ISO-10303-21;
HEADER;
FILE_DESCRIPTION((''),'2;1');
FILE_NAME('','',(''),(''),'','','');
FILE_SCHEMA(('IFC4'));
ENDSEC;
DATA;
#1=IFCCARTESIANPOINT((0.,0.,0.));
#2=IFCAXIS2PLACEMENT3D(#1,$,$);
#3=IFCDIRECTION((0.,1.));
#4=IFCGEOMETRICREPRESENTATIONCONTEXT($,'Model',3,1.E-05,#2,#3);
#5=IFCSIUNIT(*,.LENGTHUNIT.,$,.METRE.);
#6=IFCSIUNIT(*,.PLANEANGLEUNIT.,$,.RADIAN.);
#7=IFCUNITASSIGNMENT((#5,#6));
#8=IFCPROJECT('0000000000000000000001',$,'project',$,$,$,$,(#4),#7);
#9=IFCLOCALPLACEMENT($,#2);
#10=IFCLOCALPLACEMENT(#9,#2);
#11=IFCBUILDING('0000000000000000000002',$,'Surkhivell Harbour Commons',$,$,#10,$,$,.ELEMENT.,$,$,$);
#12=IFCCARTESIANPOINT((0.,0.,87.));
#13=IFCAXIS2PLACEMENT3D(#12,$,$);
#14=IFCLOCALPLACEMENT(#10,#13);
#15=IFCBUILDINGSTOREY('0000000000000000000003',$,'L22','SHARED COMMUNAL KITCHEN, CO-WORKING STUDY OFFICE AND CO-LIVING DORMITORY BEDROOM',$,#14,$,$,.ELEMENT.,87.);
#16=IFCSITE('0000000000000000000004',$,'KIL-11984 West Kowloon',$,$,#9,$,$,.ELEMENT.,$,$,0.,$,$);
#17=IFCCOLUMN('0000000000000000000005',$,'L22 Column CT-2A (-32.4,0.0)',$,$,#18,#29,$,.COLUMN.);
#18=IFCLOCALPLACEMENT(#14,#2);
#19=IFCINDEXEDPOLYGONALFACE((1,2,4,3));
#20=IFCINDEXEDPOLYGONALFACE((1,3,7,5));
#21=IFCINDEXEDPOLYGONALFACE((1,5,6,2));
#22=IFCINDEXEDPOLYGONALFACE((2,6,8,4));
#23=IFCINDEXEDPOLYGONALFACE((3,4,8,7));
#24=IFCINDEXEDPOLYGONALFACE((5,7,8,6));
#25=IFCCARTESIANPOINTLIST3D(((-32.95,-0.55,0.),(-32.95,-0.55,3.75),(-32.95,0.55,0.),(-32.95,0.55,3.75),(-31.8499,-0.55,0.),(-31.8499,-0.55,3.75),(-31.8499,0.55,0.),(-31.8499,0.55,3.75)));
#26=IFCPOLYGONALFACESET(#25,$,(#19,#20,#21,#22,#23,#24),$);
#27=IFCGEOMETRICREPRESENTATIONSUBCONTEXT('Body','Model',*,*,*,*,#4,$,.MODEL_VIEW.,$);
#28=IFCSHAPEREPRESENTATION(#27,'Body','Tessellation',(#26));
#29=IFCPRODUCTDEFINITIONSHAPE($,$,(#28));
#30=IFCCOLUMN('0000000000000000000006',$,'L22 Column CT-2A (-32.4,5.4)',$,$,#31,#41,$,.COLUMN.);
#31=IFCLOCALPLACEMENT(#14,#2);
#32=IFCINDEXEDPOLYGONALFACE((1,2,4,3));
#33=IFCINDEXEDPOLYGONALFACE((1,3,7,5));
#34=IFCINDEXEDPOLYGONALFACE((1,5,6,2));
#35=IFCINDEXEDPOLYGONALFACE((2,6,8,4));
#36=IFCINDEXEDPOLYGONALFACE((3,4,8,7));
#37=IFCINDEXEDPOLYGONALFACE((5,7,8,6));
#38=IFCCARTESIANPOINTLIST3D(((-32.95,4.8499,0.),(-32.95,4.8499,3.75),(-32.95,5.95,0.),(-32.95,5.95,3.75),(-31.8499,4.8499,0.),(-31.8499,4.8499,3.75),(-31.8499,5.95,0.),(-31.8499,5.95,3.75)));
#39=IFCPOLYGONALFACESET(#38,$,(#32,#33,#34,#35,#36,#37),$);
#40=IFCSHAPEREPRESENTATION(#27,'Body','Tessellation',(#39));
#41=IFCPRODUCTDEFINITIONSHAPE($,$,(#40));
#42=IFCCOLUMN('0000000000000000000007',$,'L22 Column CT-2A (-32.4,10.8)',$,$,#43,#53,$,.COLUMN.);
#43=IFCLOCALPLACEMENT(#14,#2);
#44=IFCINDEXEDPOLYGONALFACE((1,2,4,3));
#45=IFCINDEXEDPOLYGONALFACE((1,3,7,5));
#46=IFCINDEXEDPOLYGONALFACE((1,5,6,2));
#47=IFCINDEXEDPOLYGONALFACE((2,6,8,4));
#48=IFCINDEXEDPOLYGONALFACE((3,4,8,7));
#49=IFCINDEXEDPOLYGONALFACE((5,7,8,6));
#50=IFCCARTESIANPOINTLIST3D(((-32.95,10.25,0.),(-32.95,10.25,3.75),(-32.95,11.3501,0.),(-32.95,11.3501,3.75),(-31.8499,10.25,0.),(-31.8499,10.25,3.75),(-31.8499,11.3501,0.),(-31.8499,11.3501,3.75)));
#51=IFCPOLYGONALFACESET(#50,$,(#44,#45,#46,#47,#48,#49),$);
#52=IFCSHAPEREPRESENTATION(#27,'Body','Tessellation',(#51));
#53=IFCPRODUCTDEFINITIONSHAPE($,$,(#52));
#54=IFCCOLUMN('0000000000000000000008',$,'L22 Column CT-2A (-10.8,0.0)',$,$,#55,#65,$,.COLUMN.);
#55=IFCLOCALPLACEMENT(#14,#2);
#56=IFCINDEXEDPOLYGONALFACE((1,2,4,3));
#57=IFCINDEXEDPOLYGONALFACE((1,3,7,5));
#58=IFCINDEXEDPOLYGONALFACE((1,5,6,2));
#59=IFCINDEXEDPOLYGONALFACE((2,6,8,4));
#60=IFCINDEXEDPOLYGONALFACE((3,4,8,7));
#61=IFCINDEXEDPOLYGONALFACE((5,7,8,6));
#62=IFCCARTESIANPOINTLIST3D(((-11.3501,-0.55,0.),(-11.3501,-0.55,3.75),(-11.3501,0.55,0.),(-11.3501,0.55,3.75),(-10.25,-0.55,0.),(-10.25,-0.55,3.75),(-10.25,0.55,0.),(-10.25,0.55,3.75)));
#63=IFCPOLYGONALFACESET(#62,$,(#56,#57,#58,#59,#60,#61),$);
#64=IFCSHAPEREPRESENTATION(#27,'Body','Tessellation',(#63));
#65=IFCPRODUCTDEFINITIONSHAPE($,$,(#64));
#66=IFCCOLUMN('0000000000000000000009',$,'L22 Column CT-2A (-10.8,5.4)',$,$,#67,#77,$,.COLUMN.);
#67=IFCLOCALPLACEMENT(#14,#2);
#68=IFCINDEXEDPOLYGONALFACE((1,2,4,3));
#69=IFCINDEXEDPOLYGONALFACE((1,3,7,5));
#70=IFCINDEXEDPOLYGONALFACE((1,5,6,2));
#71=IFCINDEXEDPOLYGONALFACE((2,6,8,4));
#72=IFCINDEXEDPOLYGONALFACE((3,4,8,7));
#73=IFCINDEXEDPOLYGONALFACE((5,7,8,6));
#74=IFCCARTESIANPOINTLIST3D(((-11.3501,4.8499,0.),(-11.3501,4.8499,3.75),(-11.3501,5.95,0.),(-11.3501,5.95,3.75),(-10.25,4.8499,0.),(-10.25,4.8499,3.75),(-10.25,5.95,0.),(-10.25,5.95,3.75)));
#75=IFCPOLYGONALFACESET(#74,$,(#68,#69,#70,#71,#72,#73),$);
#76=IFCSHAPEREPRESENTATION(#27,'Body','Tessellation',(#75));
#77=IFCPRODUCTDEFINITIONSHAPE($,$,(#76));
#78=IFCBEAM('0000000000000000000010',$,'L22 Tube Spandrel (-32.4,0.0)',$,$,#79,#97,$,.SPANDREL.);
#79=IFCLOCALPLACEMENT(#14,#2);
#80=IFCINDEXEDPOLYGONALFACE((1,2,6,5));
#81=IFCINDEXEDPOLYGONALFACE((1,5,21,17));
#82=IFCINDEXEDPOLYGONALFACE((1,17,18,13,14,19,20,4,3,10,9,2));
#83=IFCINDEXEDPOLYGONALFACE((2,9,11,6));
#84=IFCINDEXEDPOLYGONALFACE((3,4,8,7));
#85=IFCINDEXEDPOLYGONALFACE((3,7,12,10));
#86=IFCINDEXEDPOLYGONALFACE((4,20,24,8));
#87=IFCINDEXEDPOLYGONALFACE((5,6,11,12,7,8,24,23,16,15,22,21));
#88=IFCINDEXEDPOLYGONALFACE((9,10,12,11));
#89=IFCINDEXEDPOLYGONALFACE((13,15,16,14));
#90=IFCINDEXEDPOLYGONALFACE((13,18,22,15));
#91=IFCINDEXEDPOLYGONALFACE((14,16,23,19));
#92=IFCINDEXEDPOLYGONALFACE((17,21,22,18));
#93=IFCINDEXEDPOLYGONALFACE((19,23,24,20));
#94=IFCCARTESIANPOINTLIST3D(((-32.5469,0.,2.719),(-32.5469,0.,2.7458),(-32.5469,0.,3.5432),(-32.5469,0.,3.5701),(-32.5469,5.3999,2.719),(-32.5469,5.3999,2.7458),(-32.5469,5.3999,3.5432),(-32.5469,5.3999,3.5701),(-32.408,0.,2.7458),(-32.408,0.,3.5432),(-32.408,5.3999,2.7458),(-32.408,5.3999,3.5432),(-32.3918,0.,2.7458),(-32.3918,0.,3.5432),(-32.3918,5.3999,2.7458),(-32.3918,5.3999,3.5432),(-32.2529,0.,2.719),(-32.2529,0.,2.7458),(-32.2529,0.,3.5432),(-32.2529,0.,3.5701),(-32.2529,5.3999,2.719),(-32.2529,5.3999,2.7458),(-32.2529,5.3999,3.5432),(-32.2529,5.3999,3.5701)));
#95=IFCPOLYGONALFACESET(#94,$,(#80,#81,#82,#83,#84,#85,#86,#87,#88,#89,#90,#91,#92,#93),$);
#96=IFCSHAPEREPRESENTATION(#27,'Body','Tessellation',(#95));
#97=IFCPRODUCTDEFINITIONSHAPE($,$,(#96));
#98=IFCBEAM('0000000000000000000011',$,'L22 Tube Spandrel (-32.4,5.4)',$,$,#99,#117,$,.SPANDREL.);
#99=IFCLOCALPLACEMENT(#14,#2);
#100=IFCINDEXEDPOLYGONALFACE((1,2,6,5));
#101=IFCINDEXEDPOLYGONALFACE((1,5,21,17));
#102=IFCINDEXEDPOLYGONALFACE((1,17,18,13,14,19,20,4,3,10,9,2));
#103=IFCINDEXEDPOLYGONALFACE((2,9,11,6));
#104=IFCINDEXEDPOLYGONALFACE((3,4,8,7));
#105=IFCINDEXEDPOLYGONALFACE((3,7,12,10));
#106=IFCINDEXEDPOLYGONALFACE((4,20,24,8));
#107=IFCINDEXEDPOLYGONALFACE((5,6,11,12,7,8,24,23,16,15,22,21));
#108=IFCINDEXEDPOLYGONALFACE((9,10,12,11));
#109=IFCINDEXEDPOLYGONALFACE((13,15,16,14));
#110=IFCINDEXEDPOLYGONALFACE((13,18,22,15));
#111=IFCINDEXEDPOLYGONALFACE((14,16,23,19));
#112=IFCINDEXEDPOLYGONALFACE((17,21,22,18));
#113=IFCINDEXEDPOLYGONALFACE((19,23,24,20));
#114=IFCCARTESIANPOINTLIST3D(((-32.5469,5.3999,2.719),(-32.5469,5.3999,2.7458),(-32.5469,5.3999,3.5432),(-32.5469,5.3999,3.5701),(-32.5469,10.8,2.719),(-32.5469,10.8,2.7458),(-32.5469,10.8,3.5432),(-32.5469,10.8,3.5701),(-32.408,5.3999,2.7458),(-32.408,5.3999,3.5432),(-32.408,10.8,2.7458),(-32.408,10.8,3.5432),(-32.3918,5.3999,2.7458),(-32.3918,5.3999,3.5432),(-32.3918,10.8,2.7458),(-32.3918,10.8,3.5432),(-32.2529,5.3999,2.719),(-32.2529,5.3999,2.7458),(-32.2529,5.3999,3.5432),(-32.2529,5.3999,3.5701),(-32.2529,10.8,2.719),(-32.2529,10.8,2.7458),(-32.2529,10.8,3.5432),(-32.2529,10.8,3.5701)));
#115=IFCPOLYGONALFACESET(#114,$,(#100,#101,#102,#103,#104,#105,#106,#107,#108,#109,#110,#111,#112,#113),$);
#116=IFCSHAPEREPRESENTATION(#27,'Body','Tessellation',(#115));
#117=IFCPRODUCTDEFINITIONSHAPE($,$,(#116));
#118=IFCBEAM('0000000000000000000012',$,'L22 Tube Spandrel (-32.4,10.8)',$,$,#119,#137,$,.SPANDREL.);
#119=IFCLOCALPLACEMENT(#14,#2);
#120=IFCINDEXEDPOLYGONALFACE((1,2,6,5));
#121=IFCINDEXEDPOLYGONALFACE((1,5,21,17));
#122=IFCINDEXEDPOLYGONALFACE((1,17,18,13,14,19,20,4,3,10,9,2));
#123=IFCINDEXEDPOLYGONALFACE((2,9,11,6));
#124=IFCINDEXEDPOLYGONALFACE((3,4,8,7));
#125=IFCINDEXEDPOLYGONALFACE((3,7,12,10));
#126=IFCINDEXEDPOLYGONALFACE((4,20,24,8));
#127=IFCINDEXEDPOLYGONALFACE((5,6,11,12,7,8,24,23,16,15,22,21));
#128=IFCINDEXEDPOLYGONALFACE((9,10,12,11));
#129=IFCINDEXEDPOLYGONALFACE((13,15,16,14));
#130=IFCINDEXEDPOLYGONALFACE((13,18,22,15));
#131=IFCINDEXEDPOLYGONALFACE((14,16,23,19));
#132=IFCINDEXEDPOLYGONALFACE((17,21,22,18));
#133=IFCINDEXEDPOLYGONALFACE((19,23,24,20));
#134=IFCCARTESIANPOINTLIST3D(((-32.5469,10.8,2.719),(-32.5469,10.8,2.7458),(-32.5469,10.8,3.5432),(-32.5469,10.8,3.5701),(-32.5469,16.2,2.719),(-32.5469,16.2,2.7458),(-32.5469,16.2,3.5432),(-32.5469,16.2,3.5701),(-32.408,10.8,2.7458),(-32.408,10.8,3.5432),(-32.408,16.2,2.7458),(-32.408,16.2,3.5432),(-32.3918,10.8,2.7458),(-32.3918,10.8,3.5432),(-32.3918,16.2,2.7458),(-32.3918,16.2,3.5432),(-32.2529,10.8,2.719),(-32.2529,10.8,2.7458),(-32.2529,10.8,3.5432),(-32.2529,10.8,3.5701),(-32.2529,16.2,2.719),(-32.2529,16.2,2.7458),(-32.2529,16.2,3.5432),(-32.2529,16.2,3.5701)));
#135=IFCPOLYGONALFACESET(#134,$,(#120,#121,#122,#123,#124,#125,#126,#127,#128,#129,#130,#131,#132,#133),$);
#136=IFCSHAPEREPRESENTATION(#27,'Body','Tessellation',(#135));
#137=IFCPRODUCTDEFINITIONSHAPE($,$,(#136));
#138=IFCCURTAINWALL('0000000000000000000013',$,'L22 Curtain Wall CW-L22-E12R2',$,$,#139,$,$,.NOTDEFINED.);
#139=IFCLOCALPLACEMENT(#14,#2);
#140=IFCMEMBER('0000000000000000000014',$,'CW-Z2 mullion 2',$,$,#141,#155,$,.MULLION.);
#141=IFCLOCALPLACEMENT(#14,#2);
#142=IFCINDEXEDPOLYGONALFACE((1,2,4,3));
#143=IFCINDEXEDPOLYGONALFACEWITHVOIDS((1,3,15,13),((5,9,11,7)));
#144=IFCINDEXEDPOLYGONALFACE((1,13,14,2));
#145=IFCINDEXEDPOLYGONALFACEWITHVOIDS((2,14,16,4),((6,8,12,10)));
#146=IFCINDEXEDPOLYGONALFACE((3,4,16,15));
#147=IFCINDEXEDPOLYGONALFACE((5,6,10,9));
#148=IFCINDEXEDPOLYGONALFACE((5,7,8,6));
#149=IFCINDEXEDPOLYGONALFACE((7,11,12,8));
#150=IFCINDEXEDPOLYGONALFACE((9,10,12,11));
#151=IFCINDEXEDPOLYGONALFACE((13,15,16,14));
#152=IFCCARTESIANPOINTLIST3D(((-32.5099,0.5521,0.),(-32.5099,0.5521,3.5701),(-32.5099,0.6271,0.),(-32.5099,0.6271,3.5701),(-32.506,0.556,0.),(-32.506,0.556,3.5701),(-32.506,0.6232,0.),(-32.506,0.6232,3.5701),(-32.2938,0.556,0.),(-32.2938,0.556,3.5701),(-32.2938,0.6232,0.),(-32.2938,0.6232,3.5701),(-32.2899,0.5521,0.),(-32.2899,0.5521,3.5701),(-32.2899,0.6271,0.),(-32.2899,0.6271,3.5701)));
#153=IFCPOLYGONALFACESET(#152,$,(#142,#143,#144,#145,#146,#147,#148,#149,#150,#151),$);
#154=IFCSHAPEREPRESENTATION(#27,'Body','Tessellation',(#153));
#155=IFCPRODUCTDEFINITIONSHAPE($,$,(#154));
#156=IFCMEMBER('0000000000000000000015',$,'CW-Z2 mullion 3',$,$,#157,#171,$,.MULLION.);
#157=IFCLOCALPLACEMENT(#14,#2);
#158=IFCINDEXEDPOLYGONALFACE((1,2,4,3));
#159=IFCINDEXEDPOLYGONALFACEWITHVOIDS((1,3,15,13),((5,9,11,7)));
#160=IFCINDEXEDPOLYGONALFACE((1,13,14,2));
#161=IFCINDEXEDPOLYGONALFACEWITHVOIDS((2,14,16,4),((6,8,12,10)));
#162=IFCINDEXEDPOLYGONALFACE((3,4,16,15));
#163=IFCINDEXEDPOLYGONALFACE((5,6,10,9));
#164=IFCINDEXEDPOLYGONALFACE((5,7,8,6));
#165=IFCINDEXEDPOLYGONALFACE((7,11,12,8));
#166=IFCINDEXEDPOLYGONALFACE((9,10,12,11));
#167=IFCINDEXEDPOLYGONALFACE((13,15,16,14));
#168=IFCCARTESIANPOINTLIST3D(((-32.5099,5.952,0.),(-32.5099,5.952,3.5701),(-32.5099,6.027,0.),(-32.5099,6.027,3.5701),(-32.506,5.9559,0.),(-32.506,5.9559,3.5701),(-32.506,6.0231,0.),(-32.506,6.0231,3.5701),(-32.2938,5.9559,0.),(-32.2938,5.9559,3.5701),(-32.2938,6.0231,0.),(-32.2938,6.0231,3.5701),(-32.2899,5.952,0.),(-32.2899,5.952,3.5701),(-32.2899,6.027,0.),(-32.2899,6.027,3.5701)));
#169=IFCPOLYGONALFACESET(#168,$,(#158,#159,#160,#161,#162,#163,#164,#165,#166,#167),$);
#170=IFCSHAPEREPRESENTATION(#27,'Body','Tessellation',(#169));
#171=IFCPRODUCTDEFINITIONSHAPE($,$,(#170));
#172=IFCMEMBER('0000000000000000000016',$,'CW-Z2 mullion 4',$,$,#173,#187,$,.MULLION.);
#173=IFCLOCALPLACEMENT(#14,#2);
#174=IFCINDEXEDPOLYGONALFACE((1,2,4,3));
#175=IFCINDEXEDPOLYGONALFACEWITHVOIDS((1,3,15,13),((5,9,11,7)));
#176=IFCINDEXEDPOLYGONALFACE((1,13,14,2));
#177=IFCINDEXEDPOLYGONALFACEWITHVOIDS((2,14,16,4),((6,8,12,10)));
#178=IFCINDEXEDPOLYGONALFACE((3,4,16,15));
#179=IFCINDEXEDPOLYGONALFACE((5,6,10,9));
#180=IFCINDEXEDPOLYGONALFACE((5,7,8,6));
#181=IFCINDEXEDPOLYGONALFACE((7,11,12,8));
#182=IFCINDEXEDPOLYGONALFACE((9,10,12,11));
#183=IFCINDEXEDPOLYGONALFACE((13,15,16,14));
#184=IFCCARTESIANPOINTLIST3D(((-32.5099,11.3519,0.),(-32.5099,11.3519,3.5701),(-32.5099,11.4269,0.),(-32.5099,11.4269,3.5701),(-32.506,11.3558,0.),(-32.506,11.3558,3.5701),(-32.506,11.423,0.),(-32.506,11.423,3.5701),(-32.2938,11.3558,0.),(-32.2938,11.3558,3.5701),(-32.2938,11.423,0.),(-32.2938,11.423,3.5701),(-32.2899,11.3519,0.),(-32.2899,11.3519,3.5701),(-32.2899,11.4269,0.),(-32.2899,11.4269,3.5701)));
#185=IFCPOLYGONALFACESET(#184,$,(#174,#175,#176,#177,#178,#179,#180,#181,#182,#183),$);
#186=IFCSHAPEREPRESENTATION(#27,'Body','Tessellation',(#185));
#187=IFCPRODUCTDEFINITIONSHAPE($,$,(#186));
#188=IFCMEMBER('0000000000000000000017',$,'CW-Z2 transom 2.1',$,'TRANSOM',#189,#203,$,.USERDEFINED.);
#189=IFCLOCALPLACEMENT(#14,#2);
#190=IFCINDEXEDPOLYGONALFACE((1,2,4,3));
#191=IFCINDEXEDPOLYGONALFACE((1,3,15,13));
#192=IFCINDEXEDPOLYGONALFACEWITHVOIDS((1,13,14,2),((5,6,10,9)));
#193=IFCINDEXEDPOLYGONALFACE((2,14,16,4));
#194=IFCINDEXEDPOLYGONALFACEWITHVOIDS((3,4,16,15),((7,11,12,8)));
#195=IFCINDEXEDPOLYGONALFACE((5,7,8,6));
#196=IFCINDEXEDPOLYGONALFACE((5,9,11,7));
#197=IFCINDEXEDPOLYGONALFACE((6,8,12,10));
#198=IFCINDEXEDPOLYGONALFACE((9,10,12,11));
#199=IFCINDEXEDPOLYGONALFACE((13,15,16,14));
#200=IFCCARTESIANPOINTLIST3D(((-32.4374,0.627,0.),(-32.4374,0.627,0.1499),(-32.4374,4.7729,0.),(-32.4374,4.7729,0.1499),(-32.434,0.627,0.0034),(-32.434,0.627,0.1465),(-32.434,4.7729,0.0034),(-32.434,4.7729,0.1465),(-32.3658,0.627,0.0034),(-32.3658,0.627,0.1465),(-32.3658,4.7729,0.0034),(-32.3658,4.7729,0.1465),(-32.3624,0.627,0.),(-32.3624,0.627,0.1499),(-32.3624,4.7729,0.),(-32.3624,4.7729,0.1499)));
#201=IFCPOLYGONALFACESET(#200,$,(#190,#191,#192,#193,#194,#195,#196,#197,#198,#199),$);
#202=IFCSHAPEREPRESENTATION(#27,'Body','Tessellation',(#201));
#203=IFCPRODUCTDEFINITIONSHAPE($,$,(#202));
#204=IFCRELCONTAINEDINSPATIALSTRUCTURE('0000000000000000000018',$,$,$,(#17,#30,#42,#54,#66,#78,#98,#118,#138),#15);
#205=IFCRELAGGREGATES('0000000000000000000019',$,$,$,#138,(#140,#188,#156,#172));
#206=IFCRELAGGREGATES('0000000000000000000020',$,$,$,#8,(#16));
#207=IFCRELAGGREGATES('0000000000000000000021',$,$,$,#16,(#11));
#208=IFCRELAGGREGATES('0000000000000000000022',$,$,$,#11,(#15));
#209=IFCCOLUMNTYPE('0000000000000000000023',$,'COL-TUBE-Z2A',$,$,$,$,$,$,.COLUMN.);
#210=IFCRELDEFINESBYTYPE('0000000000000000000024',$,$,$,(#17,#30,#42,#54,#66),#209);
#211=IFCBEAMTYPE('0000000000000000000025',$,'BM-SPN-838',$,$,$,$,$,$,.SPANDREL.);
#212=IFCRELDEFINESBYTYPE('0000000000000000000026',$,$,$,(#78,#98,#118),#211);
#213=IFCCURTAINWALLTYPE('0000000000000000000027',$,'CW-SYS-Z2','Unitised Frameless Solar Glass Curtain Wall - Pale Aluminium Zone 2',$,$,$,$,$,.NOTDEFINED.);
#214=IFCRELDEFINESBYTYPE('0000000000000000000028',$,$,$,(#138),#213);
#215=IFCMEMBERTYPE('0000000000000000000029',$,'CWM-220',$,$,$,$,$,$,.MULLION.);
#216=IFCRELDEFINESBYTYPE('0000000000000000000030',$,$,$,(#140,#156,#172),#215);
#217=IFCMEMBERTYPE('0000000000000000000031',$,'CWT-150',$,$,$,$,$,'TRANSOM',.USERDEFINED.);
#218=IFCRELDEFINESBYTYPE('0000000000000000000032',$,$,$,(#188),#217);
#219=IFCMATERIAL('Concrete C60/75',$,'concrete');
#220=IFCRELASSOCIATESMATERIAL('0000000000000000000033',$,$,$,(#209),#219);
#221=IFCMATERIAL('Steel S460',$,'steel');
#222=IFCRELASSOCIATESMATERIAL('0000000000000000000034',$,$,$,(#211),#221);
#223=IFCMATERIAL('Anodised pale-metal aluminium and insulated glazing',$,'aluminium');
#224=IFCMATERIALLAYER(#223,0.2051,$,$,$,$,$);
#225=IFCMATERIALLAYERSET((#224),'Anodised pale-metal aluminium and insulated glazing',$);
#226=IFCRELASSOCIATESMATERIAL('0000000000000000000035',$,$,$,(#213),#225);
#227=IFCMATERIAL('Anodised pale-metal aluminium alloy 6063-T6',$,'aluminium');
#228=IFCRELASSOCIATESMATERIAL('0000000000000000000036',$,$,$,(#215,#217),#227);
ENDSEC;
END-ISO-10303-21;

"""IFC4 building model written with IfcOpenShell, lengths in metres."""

from ifc_helpers import new_model, si_unit, direction, frame, origin, origin_2d, place, context, subcontext, project, spatial, rectangle, hollow_rectangle, i_section, extrude, material, layer, layer_set, material_profile, profile_set, type_object, element, aggregate, save


model = new_model("IFC4")

# Units and contexts
model_context = context("Model", 3, precision=1e-05, world=origin(), true_north=direction((0.0, 1.0)))
body_context = subcontext(model_context, "Body", "Model", "MODEL_VIEW")
ifc_project = project(units=[si_unit("LENGTHUNIT", "METRE"), si_unit("PLANEANGLEUNIT", "RADIAN")], contexts=[model_context])

# Site, building, storey
site_placement = place(None, origin())
site = spatial("IfcSite", under=ifc_project, at=site_placement, Name="KIL-11984 West Kowloon", CompositionType="ELEMENT", RefElevation=0.0)
building_placement = place(site_placement, origin())
building = spatial("IfcBuilding", under=site, at=building_placement, Name="Surkhivell Harbour Commons", CompositionType="ELEMENT")
storey_placement = place(building_placement, frame((0.0, 0.0, 87.0)))
storey = spatial("IfcBuildingStorey", under=building, at=storey_placement, Name="L22", Description="SHARED COMMUNAL KITCHEN, CO-WORKING STUDY OFFICE AND CO-LIVING DORMITORY BEDROOM", CompositionType="ELEMENT", Elevation=87.0)

# Columns
ifc_material_1 = material(Name="Concrete C60/75", Category="concrete")
ifc_material_profile_1 = material_profile(ifc_material_1, rectangle(XDim=1.1001, YDim=1.1001, at=origin_2d()), Name="RC-COL-1100x1100")
ifc_profile_set_1 = profile_set([ifc_material_profile_1], Name="Concrete C60/75")
column_type = type_object("IfcColumnType", Name="COL-TUBE-Z2A", PredefinedType="COLUMN", material=ifc_profile_set_1)
for number, where, z_axis, x_axis, name in (
    (1, (-32.3999, 0.0, 0.0), (0.0, 0.0, 1.0), (1.0, 0.0, 0.0), "L22 Column CT-2A (-32.4,0.0)"),
    (2, (-32.3999, 5.3999, 0.0), (0.0, 0.0, 1.0), (1.0, 0.0, 0.0), "L22 Column CT-2A (-32.4,5.4)"),
    (3, (-32.3999, 10.8, 0.0), (0.0, 0.0, 1.0), (1.0, 0.0, 0.0), "L22 Column CT-2A (-32.4,10.8)"),
    (4, (-10.8, 0.0, 0.0), (0.0, 0.0, 1.0), (1.0, 0.0, 0.0), "L22 Column CT-2A (-10.8,0.0)"),
    (5, (-10.8, 5.3999, 0.0), (0.0, 0.0, 1.0), (1.0, 0.0, 0.0), "L22 Column CT-2A (-10.8,5.4)"),
):
    element("IfcColumn", number, at=place(storey_placement, frame(where, z_axis=z_axis, x_axis=x_axis)), inside=storey, type_object=column_type, Name=name, PredefinedType="COLUMN", context=body_context, shape_type="SweptSolid", body=[
        extrude(rectangle(XDim=1.1001, YDim=1.1001, at=origin_2d()), origin(), (0.0, 0.0, 1.0), 3.75),
    ])

# Beams
ifc_material_2 = material(Name="Steel S460", Category="steel")
ifc_material_profile_2 = material_profile(ifc_material_2, i_section(OverallWidth=0.2939, OverallDepth=0.8511, WebThickness=0.0161, FlangeThickness=0.0269, at=origin_2d()), Name="UB838x292x226")
ifc_profile_set_2 = profile_set([ifc_material_profile_2], Name="Steel S460")
beam_type = type_object("IfcBeamType", Name="BM-SPN-838", PredefinedType="SPANDREL", material=ifc_profile_set_2)
beam_1_placement = place(storey_placement, frame((-32.3999, 0.0, 3.1445), z_axis=(0.0, 1.0, 0.0), x_axis=(-1.0, 0.0, 0.0)))
element("IfcBeam", 6, at=beam_1_placement, inside=storey, type_object=beam_type, Name="L22 Tube Spandrel (-32.4,0.0)", PredefinedType="SPANDREL", context=body_context, shape_type="SweptSolid", body=[
    extrude(i_section(OverallWidth=0.2939, OverallDepth=0.8511, WebThickness=0.0161, FlangeThickness=0.0269, at=origin_2d()), origin(), (0.0, 0.0, 1.0), 5.3999),
])
beam_2_placement = place(storey_placement, frame((-32.3999, 5.3999, 3.1445), z_axis=(0.0, 1.0, 0.0), x_axis=(-1.0, 0.0, 0.0)))
element("IfcBeam", 7, at=beam_2_placement, inside=storey, type_object=beam_type, Name="L22 Tube Spandrel (-32.4,5.4)", PredefinedType="SPANDREL", context=body_context, shape_type="SweptSolid", body=[
    extrude(i_section(OverallWidth=0.2939, OverallDepth=0.8511, WebThickness=0.0161, FlangeThickness=0.0269, at=origin_2d()), origin(), (0.0, 0.0, 1.0), 5.4001),
])
beam_3_placement = place(storey_placement, frame((-32.3999, 10.8, 3.1445), z_axis=(0.0, 1.0, 0.0), x_axis=(-1.0, 0.0, 0.0)))
element("IfcBeam", 8, at=beam_3_placement, inside=storey, type_object=beam_type, Name="L22 Tube Spandrel (-32.4,10.8)", PredefinedType="SPANDREL", context=body_context, shape_type="SweptSolid", body=[
    extrude(i_section(OverallWidth=0.2939, OverallDepth=0.8511, WebThickness=0.0161, FlangeThickness=0.0269, at=origin_2d()), origin(), (0.0, 0.0, 1.0), 5.3999),
])

# Curtain wall, members
ifc_material_3 = material(Name="Anodised pale-metal aluminium and insulated glazing", Category="aluminium")
ifc_layer_1 = layer(ifc_material_3, 0.2051)
ifc_layer_set_1 = layer_set([ifc_layer_1], Name="Anodised pale-metal aluminium and insulated glazing")
curtain_wall_type = type_object("IfcCurtainWallType", Name="CW-SYS-Z2", Description="Unitised Frameless Solar Glass Curtain Wall - Pale Aluminium Zone 2", PredefinedType="NOTDEFINED", material=ifc_layer_set_1)
curtain_wall_placement = place(storey_placement, origin())
curtain_wall = element("IfcCurtainWall", 9, at=curtain_wall_placement, inside=storey, type_object=curtain_wall_type, Name="L22 Curtain Wall CW-L22-E12R2", PredefinedType="NOTDEFINED")
ifc_material_4 = material(Name="Anodised pale-metal aluminium alloy 6063-T6", Category="aluminium")
ifc_material_profile_3 = material_profile(ifc_material_4, hollow_rectangle(XDim=0.075, YDim=0.22, WallThickness=0.0039, at=origin_2d()), Name="ALU-MULL-75x220")
ifc_profile_set_3 = profile_set([ifc_material_profile_3], Name="Anodised pale-metal aluminium alloy 6063-T6")
member_type_1 = type_object("IfcMemberType", Name="CWM-220", PredefinedType="MULLION", material=ifc_profile_set_3)
member_1_placement = place(storey_placement, frame((-32.3999, 0.5896, 0.0), z_axis=(0.0, 0.0, 1.0), x_axis=(0.0, 1.0, 0.0)))
member_1 = element("IfcMember", 10, at=member_1_placement, type_object=member_type_1, Name="CW-Z2 mullion 2", PredefinedType="MULLION", context=body_context, shape_type="SweptSolid", body=[
    extrude(hollow_rectangle(XDim=0.075, YDim=0.22, WallThickness=0.0039, at=origin_2d()), origin(), (0.0, 0.0, 1.0), 3.5701),
])
member_2_placement = place(storey_placement, frame((-32.3999, 5.9895, 0.0), z_axis=(0.0, 0.0, 1.0), x_axis=(0.0, 1.0, 0.0)))
member_2 = element("IfcMember", 11, at=member_2_placement, type_object=member_type_1, Name="CW-Z2 mullion 3", PredefinedType="MULLION", context=body_context, shape_type="SweptSolid", body=[
    extrude(hollow_rectangle(XDim=0.075, YDim=0.22, WallThickness=0.0039, at=origin_2d()), origin(), (0.0, 0.0, 1.0), 3.5701),
])
member_3_placement = place(storey_placement, frame((-32.3999, 11.3894, 0.0), z_axis=(0.0, 0.0, 1.0), x_axis=(0.0, 1.0, 0.0)))
member_3 = element("IfcMember", 12, at=member_3_placement, type_object=member_type_1, Name="CW-Z2 mullion 4", PredefinedType="MULLION", context=body_context, shape_type="SweptSolid", body=[
    extrude(hollow_rectangle(XDim=0.075, YDim=0.22, WallThickness=0.0039, at=origin_2d()), origin(), (0.0, 0.0, 1.0), 3.5701),
])
ifc_material_profile_4 = material_profile(ifc_material_4, hollow_rectangle(XDim=0.075, YDim=0.1499, WallThickness=0.0034, at=origin_2d()), Name="ALU-TRAN-75x150")
ifc_profile_set_4 = profile_set([ifc_material_profile_4], Name="Anodised pale-metal aluminium alloy 6063-T6")
member_type_2 = type_object("IfcMemberType", Name="CWT-150", ElementType="TRANSOM", PredefinedType="USERDEFINED", material=ifc_profile_set_4)
member_4_placement = place(storey_placement, frame((-32.3999, 0.627, 0.075), z_axis=(0.0, 1.0, 0.0), x_axis=(-1.0, 0.0, 0.0)))
member_4 = element("IfcMember", 13, at=member_4_placement, type_object=member_type_2, Name="CW-Z2 transom 2.1", ObjectType="TRANSOM", PredefinedType="USERDEFINED", context=body_context, shape_type="SweptSolid", body=[
    extrude(hollow_rectangle(XDim=0.075, YDim=0.1499, WallThickness=0.0034, at=origin_2d()), origin(), (0.0, 0.0, 1.0), 4.146),
])
aggregate(curtain_wall, [member_1, member_4, member_2, member_3])

save(model, "model.ifc")
